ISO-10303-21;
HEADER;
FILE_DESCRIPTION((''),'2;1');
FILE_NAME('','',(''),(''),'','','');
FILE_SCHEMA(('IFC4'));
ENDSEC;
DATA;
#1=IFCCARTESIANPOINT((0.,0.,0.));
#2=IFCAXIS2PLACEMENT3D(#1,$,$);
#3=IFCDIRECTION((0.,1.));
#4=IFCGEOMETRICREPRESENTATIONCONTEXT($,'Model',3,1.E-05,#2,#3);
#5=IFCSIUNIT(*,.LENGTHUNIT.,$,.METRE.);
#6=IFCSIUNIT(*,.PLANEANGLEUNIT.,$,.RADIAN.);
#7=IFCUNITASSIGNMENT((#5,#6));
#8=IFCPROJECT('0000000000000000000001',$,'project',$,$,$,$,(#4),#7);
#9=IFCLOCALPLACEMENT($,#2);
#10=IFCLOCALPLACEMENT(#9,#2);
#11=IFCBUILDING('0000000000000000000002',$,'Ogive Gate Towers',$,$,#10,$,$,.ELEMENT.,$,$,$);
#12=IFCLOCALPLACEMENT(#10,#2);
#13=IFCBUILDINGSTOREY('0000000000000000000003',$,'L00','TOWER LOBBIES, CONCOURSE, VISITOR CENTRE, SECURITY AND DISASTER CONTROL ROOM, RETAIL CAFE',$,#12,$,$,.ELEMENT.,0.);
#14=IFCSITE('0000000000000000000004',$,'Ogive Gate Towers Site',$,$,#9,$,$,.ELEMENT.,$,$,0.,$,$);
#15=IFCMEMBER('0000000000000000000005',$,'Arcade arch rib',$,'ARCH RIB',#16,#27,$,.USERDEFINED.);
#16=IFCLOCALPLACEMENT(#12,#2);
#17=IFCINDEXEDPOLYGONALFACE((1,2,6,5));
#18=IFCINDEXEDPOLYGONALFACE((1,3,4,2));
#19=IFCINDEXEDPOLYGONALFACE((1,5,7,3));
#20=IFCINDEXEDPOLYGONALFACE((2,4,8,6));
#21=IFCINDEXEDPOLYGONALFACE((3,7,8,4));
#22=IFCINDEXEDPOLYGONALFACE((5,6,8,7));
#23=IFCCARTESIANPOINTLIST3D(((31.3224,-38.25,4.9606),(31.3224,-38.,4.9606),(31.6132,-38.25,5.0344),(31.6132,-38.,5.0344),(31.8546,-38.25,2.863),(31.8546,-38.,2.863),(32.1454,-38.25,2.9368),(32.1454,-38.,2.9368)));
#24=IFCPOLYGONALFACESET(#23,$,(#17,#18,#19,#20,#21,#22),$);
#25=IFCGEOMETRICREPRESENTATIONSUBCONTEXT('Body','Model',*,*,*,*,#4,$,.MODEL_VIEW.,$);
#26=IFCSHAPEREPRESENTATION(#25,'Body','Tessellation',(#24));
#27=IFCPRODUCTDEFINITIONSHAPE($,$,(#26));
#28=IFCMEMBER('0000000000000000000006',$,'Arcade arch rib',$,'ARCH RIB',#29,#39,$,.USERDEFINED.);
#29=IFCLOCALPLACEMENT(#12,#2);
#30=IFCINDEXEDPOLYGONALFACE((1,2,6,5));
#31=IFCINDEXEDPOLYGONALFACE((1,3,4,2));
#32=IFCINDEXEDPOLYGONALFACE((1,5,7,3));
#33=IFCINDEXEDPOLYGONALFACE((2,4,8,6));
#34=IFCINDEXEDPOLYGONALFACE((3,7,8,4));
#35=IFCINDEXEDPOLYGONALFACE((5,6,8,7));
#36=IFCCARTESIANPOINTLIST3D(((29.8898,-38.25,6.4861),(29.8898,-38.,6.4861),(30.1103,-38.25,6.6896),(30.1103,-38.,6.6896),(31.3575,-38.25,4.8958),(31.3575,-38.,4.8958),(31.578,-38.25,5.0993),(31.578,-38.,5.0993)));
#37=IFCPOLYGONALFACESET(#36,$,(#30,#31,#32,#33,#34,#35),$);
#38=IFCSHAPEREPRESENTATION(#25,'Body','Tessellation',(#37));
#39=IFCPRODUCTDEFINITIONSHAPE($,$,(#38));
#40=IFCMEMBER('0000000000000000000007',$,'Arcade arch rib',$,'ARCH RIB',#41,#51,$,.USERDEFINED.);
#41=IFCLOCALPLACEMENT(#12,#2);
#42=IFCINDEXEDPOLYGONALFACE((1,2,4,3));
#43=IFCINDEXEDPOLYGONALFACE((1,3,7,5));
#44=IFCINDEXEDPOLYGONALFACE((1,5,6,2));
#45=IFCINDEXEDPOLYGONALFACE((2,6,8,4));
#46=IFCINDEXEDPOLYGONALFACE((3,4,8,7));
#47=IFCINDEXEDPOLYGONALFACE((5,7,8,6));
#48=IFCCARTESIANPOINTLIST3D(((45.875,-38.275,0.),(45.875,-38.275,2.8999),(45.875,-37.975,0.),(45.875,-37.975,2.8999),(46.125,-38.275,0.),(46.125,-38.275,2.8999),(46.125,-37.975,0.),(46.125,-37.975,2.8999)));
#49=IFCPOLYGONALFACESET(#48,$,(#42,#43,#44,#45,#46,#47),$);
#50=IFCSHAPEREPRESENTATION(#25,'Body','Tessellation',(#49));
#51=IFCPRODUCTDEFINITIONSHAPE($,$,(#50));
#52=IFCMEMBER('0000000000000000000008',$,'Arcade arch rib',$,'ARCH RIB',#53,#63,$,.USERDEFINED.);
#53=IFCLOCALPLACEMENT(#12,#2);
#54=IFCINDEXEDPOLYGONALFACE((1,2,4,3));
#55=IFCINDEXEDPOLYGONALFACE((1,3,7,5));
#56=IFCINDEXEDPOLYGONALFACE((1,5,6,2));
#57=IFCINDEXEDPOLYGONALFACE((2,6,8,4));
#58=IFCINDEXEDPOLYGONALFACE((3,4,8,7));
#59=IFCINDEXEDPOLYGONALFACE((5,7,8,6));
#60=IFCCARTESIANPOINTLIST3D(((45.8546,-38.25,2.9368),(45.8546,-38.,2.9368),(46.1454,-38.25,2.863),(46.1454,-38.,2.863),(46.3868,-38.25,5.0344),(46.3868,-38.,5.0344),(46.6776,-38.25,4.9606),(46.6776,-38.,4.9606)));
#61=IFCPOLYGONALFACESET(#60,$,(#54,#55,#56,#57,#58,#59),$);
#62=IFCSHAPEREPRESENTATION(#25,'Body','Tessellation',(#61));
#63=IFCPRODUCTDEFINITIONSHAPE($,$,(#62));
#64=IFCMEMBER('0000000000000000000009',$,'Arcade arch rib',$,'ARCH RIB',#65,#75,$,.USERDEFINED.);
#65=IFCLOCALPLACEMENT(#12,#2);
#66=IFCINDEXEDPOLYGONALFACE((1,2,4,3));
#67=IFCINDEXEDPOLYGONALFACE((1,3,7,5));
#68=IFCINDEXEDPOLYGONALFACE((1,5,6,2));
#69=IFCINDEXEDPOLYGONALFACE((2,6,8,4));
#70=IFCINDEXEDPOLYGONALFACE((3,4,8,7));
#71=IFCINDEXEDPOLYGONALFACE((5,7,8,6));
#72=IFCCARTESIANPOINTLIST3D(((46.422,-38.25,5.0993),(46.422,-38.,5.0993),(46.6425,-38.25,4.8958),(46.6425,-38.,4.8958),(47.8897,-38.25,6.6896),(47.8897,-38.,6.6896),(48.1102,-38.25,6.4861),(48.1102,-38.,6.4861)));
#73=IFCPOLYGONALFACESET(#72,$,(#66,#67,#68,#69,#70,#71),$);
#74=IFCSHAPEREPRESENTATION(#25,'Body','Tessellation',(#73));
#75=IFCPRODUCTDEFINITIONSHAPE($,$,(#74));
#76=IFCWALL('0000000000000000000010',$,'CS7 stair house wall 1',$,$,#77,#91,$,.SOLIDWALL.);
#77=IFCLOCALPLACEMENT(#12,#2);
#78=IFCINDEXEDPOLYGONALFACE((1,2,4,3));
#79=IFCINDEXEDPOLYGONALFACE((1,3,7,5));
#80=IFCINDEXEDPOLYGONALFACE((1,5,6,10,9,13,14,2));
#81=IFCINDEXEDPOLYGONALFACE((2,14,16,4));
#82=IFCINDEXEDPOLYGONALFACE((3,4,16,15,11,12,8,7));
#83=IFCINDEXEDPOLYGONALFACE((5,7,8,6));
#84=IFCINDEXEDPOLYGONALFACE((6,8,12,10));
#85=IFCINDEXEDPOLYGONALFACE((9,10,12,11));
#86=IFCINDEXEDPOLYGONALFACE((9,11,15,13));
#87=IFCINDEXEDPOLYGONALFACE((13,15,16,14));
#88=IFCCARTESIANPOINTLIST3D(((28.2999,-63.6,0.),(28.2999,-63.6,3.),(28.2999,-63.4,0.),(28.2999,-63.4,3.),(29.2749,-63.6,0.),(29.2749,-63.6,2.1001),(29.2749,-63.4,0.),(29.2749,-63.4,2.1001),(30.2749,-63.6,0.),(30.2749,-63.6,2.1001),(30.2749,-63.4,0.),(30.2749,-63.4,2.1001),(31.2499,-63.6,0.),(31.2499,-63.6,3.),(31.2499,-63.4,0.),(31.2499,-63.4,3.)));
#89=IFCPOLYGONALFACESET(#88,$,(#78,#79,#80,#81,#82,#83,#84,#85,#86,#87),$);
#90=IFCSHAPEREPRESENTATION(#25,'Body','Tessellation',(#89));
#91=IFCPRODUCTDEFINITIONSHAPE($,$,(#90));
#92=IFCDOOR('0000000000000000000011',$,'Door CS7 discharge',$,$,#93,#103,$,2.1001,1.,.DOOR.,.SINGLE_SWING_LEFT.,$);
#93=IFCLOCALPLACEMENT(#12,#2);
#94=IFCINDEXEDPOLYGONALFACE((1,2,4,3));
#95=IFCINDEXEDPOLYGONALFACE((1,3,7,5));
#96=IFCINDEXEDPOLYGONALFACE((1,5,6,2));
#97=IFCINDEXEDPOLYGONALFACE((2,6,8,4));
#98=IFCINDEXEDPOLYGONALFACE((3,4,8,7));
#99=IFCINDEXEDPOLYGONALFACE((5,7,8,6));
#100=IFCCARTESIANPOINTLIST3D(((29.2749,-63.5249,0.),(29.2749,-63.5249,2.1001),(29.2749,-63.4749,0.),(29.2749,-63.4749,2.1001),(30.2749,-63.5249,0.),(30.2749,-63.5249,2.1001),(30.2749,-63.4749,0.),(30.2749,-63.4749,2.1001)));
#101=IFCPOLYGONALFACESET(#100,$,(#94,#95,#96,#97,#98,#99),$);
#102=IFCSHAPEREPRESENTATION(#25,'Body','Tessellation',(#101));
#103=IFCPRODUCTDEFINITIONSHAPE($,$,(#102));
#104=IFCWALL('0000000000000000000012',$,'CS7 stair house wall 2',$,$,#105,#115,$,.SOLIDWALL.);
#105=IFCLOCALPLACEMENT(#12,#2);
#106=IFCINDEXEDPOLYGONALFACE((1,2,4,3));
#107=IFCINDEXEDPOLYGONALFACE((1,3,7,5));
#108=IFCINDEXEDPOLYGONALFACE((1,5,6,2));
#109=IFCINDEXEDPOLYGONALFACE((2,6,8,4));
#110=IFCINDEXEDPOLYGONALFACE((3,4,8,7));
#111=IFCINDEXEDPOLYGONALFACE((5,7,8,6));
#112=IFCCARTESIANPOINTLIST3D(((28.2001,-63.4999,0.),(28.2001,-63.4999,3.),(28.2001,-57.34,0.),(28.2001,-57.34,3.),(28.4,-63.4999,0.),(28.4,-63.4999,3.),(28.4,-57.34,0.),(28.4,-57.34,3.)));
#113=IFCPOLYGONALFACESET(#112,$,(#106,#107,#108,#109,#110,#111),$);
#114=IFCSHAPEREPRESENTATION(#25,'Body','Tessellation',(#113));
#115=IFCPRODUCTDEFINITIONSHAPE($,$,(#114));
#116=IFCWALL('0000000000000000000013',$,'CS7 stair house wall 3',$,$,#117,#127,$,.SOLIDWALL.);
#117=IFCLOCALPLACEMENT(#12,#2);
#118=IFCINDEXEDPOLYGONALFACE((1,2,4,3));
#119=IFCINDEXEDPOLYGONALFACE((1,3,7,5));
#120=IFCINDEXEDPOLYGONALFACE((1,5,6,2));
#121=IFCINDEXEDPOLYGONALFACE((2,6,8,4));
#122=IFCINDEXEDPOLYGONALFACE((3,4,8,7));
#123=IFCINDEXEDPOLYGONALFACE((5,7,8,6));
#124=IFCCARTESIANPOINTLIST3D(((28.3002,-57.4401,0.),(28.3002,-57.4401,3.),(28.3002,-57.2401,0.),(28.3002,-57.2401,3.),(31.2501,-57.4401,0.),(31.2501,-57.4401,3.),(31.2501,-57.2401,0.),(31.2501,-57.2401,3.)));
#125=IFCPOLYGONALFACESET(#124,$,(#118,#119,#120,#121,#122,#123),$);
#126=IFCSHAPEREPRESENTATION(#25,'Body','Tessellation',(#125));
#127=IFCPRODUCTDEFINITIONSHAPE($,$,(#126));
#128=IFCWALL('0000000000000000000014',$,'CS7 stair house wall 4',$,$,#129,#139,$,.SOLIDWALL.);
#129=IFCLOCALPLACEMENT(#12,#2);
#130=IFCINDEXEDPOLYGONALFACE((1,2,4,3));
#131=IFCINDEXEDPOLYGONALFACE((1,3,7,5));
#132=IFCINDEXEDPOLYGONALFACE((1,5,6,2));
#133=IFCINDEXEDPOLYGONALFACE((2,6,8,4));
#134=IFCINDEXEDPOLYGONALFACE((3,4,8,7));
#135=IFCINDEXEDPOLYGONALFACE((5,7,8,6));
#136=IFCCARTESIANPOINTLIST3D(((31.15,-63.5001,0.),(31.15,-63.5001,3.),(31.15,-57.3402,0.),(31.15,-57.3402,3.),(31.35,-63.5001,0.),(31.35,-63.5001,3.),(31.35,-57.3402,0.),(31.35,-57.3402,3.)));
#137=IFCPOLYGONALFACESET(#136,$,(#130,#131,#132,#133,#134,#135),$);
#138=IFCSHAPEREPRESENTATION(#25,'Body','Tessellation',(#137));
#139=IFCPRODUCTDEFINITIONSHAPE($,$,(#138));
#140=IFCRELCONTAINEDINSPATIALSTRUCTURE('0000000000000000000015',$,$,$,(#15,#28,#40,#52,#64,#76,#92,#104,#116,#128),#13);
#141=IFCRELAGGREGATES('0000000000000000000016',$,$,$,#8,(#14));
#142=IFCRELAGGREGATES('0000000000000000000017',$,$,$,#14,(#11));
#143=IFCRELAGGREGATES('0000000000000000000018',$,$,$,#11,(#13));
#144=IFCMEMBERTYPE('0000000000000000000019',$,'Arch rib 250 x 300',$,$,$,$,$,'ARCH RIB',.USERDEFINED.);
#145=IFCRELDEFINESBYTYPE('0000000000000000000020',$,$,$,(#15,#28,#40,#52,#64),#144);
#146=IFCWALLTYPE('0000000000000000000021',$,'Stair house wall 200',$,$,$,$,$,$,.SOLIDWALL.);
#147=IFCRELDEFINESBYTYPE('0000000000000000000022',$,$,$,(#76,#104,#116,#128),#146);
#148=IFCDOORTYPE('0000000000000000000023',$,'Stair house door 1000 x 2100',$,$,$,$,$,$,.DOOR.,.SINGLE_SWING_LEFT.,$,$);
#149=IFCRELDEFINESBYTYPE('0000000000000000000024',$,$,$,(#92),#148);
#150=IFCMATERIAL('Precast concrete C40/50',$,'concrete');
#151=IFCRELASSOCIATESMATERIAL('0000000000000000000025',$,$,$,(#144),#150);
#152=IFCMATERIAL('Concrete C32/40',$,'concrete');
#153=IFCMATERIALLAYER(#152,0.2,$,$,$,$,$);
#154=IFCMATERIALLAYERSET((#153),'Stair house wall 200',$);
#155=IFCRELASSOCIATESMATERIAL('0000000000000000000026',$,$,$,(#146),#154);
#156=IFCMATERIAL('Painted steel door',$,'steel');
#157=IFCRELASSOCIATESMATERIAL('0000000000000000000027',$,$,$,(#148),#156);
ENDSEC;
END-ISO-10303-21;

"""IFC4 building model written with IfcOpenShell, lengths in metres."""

from ifc_helpers import new_model, si_unit, direction, frame, frame_2d, origin, origin_2d, place, context, subcontext, project, spatial, rectangle, extrude, material, layer, layer_set, material_profile, profile_set, type_object, element, fill, save


model = new_model("IFC4")

# Units and contexts
model_context = context("Model", 3, precision=1e-05, world=origin(), true_north=direction((0.0, 1.0)))
body_context = subcontext(model_context, "Body", "Model", "MODEL_VIEW")
ifc_project = project(units=[si_unit("LENGTHUNIT", "METRE"), si_unit("PLANEANGLEUNIT", "RADIAN")], contexts=[model_context])

# Site, building, storey
site_placement = place(None, origin())
site = spatial("IfcSite", under=ifc_project, at=site_placement, Name="Ogive Gate Towers Site", CompositionType="ELEMENT", RefElevation=0.0)
building_placement = place(site_placement, origin())
building = spatial("IfcBuilding", under=site, at=building_placement, Name="Ogive Gate Towers", CompositionType="ELEMENT")
storey_placement = place(building_placement, origin())
storey = spatial("IfcBuildingStorey", under=building, at=storey_placement, Name="L00", Description="TOWER LOBBIES, CONCOURSE, VISITOR CENTRE, SECURITY AND DISASTER CONTROL ROOM, RETAIL CAFE", CompositionType="ELEMENT", Elevation=0.0)

# Members
ifc_material_1 = material(Name="Precast concrete C40/50", Category="concrete")
ifc_material_profile = material_profile(ifc_material_1, rectangle(XDim=0.25, YDim=0.3, at=origin_2d()), Name="250 x 300 cast stone")
ifc_profile_set = profile_set([ifc_material_profile], Name="Precast concrete C40/50")
member_type = type_object("IfcMemberType", Name="Arch rib 250 x 300", ElementType="ARCH RIB", PredefinedType="USERDEFINED", material=ifc_profile_set)
for number, where, z_axis, x_axis, name in (
    (1, (32.0, -38.125, 2.8999), (-0.245932, 0.0, 0.969287), (0.0, -1.0, 0.0), "Arcade arch rib"),
    (2, (31.4678, -38.125, 4.9976), (-0.678224, 0.0, 0.734855), (0.0, -1.0, 0.0), "Arcade arch rib"),
):
    element("IfcMember", number, at=place(storey_placement, frame(where, z_axis=z_axis, x_axis=x_axis)), inside=storey, type_object=member_type, Name=name, ObjectType="ARCH RIB", PredefinedType="USERDEFINED", context=body_context, shape_type="SweptSolid", body=[
        extrude(rectangle(XDim=0.25, YDim=0.3, at=origin_2d()), origin(), (0.0, 0.0, 1.0), 2.1641),
    ])
member_1_placement = place(storey_placement, frame((46.0, -38.125, 0.0), z_axis=(0.0, 0.0, 1.0), x_axis=(1.0, 0.0, 0.0)))
element("IfcMember", 3, at=member_1_placement, inside=storey, type_object=member_type, Name="Arcade arch rib", ObjectType="ARCH RIB", PredefinedType="USERDEFINED", context=body_context, shape_type="SweptSolid", body=[
    extrude(rectangle(XDim=0.25, YDim=0.3, at=origin_2d()), origin(), (0.0, 0.0, 1.0), 2.8999),
])
for number, where, z_axis, x_axis, name in (
    (4, (46.0, -38.125, 2.8999), (0.245932, 0.0, 0.969287), (0.0, 1.0, 0.0), "Arcade arch rib"),
    (5, (46.5322, -38.125, 4.9976), (0.678224, 0.0, 0.734855), (0.0, 1.0, 0.0), "Arcade arch rib"),
):
    element("IfcMember", number, at=place(storey_placement, frame(where, z_axis=z_axis, x_axis=x_axis)), inside=storey, type_object=member_type, Name=name, ObjectType="ARCH RIB", PredefinedType="USERDEFINED", context=body_context, shape_type="SweptSolid", body=[
        extrude(rectangle(XDim=0.25, YDim=0.3, at=origin_2d()), origin(), (0.0, 0.0, 1.0), 2.1641),
    ])

# Wall, opening, door
ifc_material_2 = material(Name="Concrete C32/40", Category="concrete")
ifc_layer = layer(ifc_material_2, 0.2)
ifc_layer_set = layer_set([ifc_layer], Name="Stair house wall 200")
wall_type = type_object("IfcWallType", Name="Stair house wall 200", PredefinedType="SOLIDWALL", material=ifc_layer_set)
wall_1_placement = place(storey_placement, frame((31.25, -63.5, 0.0), z_axis=(0.0, 0.0, 1.0), x_axis=(-1.0, 0.0, 0.0)))
wall_1 = element("IfcWall", 6, at=wall_1_placement, inside=storey, type_object=wall_type, Name="CS7 stair house wall 1", PredefinedType="SOLIDWALL", context=body_context, shape_type="SweptSolid", body=[
    extrude(rectangle(XDim=2.95, YDim=0.2, at=frame_2d((1.4751, 0.0))), origin(), (0.0, 0.0, 1.0), 3.0),
])
opening_placement = place(wall_1_placement, frame((0.9751, 0.0, 0.0)))
opening = element("IfcOpeningElement", 7, at=opening_placement, cuts=wall_1, PredefinedType="OPENING", context=body_context, shape_type="SweptSolid", body=[
    extrude(rectangle(XDim=1.0, YDim=2.1001, at=frame_2d((0.5, 1.05))), frame((0.0, 0.1099, 0.0), z_axis=(0.0, -1.0, 0.0), x_axis=(1.0, 0.0, 0.0)), (0.0, 0.0, 1.0), 0.22),
])
ifc_material_3 = material(Name="Painted steel door", Category="steel")
door_type = type_object("IfcDoorType", Name="Stair house door 1000 x 2100", OperationType="SINGLE_SWING_LEFT", PredefinedType="DOOR", material=ifc_material_3)
door_placement = place(opening_placement, origin())
door = element("IfcDoor", 8, at=door_placement, inside=storey, type_object=door_type, Name="Door CS7 discharge", OperationType="SINGLE_SWING_LEFT", OverallHeight=2.1001, OverallWidth=1.0, PredefinedType="DOOR", context=body_context, shape_type="SweptSolid", body=[
    extrude(rectangle(XDim=1.0, YDim=2.1001, at=frame_2d((0.5, 1.05))), frame((0.0, 0.0249, 0.0), z_axis=(0.0, -1.0, 0.0), x_axis=(1.0, 0.0, 0.0)), (0.0, 0.0, 1.0), 0.05),
])
fill(opening, door)

# Walls
wall_2_placement = place(storey_placement, frame((28.3, -63.5, 0.0), z_axis=(0.0, 0.0, 1.0), x_axis=(0.0, 1.0, 0.0)))
element("IfcWall", 9, at=wall_2_placement, inside=storey, type_object=wall_type, Name="CS7 stair house wall 2", PredefinedType="SOLIDWALL", context=body_context, shape_type="SweptSolid", body=[
    extrude(rectangle(XDim=6.1599, YDim=0.2, at=frame_2d((3.0801, 0.0))), origin(), (0.0, 0.0, 1.0), 3.0),
])
wall_3_placement = place(storey_placement, frame((28.3, -57.3401, 0.0), z_axis=(0.0, 0.0, 1.0), x_axis=(1.0, 0.0, 0.0)))
element("IfcWall", 10, at=wall_3_placement, inside=storey, type_object=wall_type, Name="CS7 stair house wall 3", PredefinedType="SOLIDWALL", context=body_context, shape_type="SweptSolid", body=[
    extrude(rectangle(XDim=2.95, YDim=0.2, at=frame_2d((1.4751, 0.0))), origin(), (0.0, 0.0, 1.0), 3.0),
])
wall_4_placement = place(storey_placement, frame((31.25, -57.3401, 0.0), z_axis=(0.0, 0.0, 1.0), x_axis=(0.0, -1.0, 0.0)))
element("IfcWall", 11, at=wall_4_placement, inside=storey, type_object=wall_type, Name="CS7 stair house wall 4", PredefinedType="SOLIDWALL", context=body_context, shape_type="SweptSolid", body=[
    extrude(rectangle(XDim=6.1599, YDim=0.2, at=frame_2d((3.0801, 0.0))), origin(), (0.0, 0.0, 1.0), 3.0),
])

save(model, "model.ifc")
